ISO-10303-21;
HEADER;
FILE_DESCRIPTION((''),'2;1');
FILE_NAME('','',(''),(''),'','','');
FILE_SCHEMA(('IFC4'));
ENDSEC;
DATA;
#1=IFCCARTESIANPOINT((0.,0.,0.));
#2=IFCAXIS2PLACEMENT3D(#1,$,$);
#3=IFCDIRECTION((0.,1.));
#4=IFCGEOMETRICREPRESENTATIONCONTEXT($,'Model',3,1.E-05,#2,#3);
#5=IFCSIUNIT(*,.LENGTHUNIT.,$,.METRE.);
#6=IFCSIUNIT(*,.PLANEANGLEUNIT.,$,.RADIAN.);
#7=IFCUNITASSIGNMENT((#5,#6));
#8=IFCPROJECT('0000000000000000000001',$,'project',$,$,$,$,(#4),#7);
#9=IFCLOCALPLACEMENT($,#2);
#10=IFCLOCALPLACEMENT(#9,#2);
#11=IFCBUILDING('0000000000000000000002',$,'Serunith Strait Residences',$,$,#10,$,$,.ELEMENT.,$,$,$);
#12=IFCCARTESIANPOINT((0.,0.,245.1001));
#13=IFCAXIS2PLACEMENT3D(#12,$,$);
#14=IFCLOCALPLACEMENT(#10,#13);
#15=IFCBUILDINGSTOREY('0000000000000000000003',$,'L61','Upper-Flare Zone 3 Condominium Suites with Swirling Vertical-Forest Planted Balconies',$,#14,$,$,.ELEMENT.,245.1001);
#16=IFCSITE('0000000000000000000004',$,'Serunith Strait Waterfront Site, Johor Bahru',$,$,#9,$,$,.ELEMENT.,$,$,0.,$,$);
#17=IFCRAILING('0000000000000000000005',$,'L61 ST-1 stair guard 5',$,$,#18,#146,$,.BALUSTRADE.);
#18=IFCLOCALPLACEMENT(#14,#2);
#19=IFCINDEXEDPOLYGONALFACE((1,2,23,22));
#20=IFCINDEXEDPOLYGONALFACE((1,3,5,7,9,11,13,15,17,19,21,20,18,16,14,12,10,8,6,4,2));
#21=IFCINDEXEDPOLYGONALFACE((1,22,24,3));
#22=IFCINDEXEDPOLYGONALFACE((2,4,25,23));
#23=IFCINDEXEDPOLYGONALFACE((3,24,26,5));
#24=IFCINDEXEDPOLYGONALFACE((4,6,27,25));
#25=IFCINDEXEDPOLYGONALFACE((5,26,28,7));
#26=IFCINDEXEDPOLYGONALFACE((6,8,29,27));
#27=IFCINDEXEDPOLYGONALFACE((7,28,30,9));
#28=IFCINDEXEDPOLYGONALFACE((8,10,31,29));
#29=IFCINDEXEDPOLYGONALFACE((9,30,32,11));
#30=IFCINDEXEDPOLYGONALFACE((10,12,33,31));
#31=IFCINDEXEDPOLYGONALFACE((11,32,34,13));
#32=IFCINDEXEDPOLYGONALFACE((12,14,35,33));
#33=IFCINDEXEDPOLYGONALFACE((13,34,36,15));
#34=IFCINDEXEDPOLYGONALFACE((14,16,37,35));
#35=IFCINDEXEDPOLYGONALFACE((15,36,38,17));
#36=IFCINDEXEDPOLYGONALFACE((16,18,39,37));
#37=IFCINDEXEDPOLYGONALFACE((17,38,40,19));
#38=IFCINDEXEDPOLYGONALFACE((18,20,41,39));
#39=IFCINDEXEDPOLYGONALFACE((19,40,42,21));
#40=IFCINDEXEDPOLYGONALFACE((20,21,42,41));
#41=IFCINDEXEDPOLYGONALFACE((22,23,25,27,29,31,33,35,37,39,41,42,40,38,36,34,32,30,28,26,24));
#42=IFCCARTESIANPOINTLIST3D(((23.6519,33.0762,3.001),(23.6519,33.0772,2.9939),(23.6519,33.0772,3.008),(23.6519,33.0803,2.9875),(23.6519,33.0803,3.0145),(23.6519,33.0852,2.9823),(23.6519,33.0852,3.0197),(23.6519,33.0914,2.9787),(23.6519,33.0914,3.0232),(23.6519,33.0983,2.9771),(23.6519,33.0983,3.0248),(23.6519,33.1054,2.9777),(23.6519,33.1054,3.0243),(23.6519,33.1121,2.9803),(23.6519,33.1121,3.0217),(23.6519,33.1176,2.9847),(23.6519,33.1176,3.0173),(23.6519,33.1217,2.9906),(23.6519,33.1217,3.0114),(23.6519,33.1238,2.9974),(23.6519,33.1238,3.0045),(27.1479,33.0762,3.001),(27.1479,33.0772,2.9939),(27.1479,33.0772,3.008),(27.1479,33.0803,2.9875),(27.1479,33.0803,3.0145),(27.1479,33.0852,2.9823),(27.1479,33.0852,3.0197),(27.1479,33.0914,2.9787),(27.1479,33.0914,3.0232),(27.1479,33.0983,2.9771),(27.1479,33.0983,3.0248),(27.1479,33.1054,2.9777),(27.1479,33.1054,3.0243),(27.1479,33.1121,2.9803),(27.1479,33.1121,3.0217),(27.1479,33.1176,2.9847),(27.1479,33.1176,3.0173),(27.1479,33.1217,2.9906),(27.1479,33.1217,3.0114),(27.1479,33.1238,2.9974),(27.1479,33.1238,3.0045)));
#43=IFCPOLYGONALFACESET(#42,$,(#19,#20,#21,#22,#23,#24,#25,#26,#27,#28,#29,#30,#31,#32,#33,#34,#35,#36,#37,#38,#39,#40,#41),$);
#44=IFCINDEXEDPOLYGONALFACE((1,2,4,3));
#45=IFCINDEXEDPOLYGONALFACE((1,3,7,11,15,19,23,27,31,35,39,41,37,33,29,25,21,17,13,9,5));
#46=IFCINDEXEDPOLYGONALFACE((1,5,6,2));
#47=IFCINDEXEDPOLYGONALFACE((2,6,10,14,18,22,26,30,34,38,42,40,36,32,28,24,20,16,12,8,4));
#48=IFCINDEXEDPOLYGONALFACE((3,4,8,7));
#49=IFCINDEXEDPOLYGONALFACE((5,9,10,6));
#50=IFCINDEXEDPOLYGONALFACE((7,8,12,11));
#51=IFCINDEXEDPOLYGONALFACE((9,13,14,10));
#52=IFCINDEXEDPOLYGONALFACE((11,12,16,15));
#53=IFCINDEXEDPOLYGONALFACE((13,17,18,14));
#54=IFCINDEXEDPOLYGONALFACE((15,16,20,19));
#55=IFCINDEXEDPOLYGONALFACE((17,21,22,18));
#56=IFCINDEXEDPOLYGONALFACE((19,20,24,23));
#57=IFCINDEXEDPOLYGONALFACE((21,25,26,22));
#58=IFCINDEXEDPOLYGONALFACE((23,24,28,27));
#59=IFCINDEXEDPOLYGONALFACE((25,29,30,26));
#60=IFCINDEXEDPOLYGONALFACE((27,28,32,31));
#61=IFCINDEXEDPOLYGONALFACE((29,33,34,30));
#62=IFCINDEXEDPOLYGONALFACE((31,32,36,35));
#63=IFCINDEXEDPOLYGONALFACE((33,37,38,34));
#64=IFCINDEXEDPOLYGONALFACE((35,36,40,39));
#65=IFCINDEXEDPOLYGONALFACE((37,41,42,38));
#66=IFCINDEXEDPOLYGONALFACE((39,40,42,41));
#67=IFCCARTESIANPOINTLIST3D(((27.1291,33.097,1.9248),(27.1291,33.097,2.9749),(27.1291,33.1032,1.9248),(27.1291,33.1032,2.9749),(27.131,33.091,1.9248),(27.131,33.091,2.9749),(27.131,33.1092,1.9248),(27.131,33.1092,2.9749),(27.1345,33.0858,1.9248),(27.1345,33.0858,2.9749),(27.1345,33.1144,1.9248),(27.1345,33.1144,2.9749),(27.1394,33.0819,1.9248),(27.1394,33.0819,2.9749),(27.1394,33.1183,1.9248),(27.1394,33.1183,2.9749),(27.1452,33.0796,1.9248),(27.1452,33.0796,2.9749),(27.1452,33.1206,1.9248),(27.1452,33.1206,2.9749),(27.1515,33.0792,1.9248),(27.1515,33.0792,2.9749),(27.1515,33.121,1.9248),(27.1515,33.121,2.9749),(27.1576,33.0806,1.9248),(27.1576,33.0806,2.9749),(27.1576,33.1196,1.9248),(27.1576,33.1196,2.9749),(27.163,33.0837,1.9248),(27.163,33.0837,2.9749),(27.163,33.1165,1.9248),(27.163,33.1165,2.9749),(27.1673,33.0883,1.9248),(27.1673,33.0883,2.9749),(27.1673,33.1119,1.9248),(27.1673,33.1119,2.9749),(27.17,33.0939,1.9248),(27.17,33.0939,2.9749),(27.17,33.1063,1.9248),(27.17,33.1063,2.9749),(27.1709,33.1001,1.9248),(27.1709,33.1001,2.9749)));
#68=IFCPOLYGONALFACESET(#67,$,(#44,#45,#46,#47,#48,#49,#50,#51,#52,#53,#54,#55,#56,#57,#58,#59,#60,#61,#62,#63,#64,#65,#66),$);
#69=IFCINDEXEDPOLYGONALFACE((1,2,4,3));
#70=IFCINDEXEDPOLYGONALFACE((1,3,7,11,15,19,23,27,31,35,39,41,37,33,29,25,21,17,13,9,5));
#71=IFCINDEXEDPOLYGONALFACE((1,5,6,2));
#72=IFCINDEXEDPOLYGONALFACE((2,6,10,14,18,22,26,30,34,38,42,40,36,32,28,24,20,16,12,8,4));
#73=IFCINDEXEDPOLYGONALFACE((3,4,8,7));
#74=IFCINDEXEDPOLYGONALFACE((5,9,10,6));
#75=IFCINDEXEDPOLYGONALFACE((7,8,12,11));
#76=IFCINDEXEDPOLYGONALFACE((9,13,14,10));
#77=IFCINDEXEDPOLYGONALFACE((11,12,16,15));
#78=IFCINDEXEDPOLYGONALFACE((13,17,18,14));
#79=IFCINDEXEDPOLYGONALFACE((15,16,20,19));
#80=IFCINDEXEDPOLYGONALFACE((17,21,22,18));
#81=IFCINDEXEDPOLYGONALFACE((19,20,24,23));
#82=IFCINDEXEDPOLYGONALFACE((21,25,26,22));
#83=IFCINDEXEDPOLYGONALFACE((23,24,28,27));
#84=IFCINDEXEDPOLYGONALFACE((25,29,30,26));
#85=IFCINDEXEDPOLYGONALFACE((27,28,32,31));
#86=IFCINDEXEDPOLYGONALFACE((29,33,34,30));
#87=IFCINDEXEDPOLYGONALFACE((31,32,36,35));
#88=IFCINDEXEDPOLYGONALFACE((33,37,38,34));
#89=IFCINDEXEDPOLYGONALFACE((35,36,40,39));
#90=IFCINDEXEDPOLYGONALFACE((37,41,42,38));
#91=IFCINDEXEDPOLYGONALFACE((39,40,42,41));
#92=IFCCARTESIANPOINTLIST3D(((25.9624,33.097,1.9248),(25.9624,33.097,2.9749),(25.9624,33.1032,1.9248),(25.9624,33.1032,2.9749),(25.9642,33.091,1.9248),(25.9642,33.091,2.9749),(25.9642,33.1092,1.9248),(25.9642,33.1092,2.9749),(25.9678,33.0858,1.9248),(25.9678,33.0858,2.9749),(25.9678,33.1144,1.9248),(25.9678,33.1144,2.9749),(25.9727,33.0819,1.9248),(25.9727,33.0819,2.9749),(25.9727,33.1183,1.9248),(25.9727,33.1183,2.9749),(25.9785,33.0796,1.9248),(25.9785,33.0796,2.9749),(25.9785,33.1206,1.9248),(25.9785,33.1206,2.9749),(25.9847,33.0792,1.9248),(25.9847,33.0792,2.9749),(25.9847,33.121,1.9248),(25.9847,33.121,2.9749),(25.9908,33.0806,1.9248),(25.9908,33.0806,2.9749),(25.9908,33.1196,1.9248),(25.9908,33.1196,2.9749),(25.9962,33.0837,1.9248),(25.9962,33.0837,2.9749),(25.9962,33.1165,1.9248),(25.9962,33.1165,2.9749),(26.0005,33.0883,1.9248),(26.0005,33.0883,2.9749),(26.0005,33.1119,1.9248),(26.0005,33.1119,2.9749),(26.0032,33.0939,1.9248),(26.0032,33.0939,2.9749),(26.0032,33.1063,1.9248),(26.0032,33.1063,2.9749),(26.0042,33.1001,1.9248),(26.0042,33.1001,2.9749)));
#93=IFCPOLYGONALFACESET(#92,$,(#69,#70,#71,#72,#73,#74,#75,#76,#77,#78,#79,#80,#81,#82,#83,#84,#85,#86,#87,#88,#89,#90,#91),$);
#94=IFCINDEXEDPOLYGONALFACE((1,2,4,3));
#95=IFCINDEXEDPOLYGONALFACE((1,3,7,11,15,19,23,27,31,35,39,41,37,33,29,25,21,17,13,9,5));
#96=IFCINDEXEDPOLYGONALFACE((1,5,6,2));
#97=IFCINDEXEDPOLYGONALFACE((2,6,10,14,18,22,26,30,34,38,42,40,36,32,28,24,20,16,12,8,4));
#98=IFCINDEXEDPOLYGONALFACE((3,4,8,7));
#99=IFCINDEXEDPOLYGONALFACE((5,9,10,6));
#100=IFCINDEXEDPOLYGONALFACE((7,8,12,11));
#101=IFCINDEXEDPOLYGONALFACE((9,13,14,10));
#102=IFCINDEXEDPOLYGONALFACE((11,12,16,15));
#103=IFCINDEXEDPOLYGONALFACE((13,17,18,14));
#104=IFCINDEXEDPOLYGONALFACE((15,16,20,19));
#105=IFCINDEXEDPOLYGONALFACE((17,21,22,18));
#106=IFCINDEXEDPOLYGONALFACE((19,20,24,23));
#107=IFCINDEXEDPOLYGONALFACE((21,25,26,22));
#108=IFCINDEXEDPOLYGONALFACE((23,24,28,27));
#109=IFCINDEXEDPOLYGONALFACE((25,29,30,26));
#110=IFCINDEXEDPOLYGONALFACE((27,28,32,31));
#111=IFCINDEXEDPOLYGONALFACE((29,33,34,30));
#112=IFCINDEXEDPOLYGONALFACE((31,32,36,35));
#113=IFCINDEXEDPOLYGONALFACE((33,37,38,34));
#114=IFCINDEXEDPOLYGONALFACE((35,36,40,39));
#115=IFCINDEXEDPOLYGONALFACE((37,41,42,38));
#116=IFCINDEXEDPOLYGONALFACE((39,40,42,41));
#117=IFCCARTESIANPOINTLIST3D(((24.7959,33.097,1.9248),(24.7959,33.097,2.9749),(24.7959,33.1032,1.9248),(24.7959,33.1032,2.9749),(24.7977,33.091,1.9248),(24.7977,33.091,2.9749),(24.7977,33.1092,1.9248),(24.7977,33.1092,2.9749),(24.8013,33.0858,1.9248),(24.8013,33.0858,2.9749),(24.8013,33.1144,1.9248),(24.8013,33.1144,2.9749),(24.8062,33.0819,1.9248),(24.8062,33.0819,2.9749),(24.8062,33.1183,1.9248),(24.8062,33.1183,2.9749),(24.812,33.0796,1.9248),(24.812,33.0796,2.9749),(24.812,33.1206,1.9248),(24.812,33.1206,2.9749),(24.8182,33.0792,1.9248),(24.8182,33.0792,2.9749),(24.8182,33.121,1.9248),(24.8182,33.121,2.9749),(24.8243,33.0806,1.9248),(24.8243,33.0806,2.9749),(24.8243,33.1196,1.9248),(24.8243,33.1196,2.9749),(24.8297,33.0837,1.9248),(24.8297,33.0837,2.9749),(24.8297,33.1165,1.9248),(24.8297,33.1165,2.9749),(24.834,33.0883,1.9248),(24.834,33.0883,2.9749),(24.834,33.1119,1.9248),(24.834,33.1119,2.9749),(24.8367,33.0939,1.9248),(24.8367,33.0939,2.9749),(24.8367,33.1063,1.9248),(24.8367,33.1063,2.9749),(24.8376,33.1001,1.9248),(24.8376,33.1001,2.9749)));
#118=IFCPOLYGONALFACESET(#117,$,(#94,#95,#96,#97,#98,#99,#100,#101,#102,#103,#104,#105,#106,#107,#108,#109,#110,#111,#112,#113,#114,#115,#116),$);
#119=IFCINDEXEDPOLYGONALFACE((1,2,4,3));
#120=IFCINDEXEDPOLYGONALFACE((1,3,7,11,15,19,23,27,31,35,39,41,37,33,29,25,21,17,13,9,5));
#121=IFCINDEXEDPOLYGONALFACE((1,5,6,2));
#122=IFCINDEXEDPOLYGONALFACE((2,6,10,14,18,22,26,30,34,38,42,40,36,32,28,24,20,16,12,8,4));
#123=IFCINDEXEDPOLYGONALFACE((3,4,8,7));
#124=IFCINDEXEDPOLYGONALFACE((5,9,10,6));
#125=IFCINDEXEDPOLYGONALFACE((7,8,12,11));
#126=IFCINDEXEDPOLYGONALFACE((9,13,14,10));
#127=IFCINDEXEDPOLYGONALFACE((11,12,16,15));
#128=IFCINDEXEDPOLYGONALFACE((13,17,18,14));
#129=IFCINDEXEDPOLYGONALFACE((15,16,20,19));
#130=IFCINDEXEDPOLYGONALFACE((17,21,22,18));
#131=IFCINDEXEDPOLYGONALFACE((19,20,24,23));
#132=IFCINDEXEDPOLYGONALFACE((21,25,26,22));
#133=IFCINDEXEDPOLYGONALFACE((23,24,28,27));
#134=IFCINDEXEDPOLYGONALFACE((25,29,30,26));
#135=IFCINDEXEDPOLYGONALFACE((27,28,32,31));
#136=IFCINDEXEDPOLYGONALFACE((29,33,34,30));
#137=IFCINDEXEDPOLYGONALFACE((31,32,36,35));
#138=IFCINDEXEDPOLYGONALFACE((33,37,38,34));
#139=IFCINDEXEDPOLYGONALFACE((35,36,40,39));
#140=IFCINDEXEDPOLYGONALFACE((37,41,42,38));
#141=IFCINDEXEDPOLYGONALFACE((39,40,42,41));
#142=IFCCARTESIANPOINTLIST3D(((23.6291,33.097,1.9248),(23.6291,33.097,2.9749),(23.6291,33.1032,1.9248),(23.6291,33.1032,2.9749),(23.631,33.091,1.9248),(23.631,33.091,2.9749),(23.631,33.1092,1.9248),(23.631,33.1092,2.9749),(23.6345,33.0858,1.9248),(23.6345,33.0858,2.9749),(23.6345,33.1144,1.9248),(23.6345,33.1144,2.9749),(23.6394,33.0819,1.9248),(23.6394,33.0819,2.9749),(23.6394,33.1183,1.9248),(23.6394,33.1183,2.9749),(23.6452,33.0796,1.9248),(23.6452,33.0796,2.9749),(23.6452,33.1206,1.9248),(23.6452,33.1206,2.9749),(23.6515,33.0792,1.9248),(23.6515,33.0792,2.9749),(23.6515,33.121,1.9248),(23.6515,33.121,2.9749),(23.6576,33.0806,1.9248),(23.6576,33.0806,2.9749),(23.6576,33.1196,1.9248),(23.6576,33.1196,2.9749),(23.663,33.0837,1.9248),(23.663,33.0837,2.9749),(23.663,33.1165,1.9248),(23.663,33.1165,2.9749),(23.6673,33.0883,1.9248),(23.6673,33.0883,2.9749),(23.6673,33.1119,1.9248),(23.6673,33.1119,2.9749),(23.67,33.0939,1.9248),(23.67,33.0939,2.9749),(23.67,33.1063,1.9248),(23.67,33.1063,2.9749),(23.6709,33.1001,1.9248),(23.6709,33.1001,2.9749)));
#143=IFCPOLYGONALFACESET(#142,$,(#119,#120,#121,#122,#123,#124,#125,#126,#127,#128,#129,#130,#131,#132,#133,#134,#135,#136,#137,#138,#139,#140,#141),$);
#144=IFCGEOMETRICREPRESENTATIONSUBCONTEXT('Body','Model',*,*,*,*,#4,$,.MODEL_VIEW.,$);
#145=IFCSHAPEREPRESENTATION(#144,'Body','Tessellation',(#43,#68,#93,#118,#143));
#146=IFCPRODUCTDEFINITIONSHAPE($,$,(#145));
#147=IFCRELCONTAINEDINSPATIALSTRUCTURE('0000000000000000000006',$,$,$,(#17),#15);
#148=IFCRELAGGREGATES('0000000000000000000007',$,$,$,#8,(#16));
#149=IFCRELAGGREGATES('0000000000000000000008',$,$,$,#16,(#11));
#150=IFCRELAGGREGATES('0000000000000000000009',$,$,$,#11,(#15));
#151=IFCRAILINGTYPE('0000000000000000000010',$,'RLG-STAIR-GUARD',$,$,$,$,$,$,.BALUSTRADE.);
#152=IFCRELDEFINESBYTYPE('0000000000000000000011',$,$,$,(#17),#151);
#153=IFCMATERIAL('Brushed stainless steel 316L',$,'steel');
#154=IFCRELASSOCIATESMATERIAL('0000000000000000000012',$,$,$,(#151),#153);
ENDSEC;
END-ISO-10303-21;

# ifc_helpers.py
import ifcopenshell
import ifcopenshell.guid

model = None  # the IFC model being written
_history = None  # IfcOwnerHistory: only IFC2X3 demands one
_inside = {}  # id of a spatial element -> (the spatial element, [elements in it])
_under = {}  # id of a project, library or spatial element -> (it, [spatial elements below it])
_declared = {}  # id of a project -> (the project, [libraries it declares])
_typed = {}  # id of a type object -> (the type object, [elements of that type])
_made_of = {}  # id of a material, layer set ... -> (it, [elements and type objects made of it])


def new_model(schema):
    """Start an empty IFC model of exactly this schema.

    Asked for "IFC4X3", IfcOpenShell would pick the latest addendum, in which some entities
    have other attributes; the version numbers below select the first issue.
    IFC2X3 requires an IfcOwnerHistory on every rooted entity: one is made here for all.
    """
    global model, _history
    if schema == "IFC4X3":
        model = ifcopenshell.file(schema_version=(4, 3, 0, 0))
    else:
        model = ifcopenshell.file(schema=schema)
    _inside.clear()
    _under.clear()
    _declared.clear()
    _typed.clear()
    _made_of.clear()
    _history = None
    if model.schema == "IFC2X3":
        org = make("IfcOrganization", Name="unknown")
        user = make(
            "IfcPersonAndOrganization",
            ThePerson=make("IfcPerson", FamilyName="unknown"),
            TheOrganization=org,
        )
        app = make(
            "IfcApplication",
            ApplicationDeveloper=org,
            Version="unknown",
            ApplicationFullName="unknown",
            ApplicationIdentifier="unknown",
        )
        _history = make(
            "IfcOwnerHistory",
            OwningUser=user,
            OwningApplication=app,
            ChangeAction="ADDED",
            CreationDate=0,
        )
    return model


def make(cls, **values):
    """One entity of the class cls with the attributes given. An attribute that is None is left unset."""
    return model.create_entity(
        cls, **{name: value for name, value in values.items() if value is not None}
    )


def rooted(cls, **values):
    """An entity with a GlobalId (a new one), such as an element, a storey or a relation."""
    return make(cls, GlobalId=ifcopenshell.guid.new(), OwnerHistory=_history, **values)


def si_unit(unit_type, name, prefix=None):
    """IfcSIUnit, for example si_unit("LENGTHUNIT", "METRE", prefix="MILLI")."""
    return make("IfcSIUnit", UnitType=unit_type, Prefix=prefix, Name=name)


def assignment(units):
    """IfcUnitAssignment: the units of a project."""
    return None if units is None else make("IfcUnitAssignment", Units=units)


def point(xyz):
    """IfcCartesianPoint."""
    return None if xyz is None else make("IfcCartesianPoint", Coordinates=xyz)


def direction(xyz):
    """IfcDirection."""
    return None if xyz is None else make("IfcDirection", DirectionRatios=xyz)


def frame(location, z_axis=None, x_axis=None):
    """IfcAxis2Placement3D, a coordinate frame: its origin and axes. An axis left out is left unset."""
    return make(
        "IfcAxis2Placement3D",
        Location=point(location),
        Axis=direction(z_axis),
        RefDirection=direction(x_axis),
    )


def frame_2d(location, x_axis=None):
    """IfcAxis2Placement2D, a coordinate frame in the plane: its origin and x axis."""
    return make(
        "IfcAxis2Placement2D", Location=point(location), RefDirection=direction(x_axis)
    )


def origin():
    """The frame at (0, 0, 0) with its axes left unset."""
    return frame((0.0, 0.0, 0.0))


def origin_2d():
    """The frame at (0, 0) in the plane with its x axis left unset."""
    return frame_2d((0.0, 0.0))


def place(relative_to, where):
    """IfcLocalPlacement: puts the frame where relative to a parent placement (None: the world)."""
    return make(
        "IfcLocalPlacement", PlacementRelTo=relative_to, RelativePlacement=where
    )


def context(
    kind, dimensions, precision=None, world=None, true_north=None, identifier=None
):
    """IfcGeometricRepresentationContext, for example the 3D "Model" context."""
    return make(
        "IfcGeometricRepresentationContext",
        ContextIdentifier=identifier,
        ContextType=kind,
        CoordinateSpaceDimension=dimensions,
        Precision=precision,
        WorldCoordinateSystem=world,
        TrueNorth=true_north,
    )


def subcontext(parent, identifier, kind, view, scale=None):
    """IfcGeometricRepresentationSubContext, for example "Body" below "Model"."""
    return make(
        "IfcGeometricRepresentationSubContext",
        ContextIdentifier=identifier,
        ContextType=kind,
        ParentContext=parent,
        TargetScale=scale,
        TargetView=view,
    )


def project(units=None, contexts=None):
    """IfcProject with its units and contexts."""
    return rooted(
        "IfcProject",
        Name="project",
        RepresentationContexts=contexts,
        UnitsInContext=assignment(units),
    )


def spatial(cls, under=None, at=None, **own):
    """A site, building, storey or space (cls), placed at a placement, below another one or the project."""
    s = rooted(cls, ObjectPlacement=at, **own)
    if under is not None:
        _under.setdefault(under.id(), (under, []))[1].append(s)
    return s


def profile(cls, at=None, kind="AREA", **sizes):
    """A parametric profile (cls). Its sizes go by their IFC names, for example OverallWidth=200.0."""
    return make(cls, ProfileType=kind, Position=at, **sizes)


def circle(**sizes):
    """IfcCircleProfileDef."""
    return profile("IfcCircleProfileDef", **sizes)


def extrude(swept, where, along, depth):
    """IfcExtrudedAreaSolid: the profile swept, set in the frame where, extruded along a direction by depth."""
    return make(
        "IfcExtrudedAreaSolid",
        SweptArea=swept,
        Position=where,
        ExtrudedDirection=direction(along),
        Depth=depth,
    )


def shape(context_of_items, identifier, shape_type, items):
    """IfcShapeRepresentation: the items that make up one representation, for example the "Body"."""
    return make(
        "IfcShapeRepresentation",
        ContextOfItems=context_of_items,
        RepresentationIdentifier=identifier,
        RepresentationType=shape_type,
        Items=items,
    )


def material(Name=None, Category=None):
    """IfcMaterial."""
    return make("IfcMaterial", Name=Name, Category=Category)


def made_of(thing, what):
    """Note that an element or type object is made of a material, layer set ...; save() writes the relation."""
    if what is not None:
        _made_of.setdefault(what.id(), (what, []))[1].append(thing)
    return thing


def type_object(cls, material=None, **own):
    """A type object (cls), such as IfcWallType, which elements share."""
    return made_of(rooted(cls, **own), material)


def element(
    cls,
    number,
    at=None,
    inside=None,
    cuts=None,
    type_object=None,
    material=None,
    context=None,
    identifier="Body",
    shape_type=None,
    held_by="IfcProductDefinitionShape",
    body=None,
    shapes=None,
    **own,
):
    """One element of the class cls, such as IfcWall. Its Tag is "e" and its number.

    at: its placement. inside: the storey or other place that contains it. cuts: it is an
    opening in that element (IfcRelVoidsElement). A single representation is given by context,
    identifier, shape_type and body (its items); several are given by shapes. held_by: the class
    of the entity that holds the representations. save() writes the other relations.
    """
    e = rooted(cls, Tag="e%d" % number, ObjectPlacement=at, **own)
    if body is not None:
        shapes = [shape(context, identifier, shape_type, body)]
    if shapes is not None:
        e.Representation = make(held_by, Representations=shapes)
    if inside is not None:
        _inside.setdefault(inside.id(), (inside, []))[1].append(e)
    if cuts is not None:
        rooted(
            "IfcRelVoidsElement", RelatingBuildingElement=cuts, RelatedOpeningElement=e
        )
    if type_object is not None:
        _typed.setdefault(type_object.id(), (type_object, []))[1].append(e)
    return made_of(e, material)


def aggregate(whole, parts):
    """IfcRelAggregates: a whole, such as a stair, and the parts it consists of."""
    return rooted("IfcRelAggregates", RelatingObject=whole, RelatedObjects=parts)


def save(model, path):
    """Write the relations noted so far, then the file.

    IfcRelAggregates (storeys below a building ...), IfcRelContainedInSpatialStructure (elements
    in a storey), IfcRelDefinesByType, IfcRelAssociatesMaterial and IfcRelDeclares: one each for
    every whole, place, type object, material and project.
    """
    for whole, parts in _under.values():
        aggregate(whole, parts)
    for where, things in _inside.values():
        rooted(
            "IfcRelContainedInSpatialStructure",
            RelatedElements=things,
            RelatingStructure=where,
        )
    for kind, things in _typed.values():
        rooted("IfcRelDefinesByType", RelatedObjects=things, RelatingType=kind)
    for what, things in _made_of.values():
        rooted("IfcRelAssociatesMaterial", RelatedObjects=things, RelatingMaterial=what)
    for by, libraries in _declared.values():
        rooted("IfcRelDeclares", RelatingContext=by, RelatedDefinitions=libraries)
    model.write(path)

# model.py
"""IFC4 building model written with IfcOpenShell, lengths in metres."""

from ifc_helpers import new_model, si_unit, direction, frame, origin, origin_2d, place, context, subcontext, project, spatial, circle, extrude, material, type_object, element, save


model = new_model("IFC4")

# Units and contexts
model_context = context("Model", 3, precision=1e-05, world=origin(), true_north=direction((0.0, 1.0)))
body_context = subcontext(model_context, "Body", "Model", "MODEL_VIEW")
ifc_project = project(units=[si_unit("LENGTHUNIT", "METRE"), si_unit("PLANEANGLEUNIT", "RADIAN")], contexts=[model_context])

# Site, building, storey
site_placement = place(None, origin())
site = spatial("IfcSite", under=ifc_project, at=site_placement, Name="Serunith Strait Waterfront Site, Johor Bahru", CompositionType="ELEMENT", RefElevation=0.0)
building_placement = place(site_placement, origin())
building = spatial("IfcBuilding", under=site, at=building_placement, Name="Serunith Strait Residences", CompositionType="ELEMENT")
storey_placement = place(building_placement, frame((0.0, 0.0, 245.1001)))
storey = spatial("IfcBuildingStorey", under=building, at=storey_placement, Name="L61", Description="Upper-Flare Zone 3 Condominium Suites with Swirling Vertical-Forest Planted Balconies", CompositionType="ELEMENT", Elevation=245.1001)

# Railing
ifc_material_1 = material(Name="Brushed stainless steel 316L", Category="steel")
railing_type_1 = type_object("IfcRailingType", Name="RLG-STAIR-GUARD", PredefinedType="BALUSTRADE", material=ifc_material_1)
railing_1_placement = place(storey_placement, frame((27.1499, 33.1001, 1.9248)))
element("IfcRailing", 1, at=railing_1_placement, inside=storey, type_object=railing_type_1, Name="L61 ST-1 stair guard 5", PredefinedType="BALUSTRADE", context=body_context, shape_type="SweptSolid", body=[
    extrude(circle(Radius=0.0239, at=origin_2d()), frame((-0.002, 0.0, 1.0762), z_axis=(-1.0, 0.0, 0.0), x_axis=(0.0, -1.0, 0.0)), (0.0, 0.0, 1.0), 3.4961),
    extrude(circle(Radius=0.021, at=origin_2d()), origin(), (0.0, 0.0, 1.0), 1.05),
    extrude(circle(Radius=0.021, at=origin_2d()), frame((-1.1667, 0.0, 0.0)), (0.0, 0.0, 1.0), 1.05),
    extrude(circle(Radius=0.021, at=origin_2d()), frame((-2.3333, 0.0, 0.0)), (0.0, 0.0, 1.0), 1.05),
    extrude(circle(Radius=0.021, at=origin_2d()), frame((-3.5, 0.0, 0.0)), (0.0, 0.0, 1.0), 1.05),
])

save(model, "model.ifc")
